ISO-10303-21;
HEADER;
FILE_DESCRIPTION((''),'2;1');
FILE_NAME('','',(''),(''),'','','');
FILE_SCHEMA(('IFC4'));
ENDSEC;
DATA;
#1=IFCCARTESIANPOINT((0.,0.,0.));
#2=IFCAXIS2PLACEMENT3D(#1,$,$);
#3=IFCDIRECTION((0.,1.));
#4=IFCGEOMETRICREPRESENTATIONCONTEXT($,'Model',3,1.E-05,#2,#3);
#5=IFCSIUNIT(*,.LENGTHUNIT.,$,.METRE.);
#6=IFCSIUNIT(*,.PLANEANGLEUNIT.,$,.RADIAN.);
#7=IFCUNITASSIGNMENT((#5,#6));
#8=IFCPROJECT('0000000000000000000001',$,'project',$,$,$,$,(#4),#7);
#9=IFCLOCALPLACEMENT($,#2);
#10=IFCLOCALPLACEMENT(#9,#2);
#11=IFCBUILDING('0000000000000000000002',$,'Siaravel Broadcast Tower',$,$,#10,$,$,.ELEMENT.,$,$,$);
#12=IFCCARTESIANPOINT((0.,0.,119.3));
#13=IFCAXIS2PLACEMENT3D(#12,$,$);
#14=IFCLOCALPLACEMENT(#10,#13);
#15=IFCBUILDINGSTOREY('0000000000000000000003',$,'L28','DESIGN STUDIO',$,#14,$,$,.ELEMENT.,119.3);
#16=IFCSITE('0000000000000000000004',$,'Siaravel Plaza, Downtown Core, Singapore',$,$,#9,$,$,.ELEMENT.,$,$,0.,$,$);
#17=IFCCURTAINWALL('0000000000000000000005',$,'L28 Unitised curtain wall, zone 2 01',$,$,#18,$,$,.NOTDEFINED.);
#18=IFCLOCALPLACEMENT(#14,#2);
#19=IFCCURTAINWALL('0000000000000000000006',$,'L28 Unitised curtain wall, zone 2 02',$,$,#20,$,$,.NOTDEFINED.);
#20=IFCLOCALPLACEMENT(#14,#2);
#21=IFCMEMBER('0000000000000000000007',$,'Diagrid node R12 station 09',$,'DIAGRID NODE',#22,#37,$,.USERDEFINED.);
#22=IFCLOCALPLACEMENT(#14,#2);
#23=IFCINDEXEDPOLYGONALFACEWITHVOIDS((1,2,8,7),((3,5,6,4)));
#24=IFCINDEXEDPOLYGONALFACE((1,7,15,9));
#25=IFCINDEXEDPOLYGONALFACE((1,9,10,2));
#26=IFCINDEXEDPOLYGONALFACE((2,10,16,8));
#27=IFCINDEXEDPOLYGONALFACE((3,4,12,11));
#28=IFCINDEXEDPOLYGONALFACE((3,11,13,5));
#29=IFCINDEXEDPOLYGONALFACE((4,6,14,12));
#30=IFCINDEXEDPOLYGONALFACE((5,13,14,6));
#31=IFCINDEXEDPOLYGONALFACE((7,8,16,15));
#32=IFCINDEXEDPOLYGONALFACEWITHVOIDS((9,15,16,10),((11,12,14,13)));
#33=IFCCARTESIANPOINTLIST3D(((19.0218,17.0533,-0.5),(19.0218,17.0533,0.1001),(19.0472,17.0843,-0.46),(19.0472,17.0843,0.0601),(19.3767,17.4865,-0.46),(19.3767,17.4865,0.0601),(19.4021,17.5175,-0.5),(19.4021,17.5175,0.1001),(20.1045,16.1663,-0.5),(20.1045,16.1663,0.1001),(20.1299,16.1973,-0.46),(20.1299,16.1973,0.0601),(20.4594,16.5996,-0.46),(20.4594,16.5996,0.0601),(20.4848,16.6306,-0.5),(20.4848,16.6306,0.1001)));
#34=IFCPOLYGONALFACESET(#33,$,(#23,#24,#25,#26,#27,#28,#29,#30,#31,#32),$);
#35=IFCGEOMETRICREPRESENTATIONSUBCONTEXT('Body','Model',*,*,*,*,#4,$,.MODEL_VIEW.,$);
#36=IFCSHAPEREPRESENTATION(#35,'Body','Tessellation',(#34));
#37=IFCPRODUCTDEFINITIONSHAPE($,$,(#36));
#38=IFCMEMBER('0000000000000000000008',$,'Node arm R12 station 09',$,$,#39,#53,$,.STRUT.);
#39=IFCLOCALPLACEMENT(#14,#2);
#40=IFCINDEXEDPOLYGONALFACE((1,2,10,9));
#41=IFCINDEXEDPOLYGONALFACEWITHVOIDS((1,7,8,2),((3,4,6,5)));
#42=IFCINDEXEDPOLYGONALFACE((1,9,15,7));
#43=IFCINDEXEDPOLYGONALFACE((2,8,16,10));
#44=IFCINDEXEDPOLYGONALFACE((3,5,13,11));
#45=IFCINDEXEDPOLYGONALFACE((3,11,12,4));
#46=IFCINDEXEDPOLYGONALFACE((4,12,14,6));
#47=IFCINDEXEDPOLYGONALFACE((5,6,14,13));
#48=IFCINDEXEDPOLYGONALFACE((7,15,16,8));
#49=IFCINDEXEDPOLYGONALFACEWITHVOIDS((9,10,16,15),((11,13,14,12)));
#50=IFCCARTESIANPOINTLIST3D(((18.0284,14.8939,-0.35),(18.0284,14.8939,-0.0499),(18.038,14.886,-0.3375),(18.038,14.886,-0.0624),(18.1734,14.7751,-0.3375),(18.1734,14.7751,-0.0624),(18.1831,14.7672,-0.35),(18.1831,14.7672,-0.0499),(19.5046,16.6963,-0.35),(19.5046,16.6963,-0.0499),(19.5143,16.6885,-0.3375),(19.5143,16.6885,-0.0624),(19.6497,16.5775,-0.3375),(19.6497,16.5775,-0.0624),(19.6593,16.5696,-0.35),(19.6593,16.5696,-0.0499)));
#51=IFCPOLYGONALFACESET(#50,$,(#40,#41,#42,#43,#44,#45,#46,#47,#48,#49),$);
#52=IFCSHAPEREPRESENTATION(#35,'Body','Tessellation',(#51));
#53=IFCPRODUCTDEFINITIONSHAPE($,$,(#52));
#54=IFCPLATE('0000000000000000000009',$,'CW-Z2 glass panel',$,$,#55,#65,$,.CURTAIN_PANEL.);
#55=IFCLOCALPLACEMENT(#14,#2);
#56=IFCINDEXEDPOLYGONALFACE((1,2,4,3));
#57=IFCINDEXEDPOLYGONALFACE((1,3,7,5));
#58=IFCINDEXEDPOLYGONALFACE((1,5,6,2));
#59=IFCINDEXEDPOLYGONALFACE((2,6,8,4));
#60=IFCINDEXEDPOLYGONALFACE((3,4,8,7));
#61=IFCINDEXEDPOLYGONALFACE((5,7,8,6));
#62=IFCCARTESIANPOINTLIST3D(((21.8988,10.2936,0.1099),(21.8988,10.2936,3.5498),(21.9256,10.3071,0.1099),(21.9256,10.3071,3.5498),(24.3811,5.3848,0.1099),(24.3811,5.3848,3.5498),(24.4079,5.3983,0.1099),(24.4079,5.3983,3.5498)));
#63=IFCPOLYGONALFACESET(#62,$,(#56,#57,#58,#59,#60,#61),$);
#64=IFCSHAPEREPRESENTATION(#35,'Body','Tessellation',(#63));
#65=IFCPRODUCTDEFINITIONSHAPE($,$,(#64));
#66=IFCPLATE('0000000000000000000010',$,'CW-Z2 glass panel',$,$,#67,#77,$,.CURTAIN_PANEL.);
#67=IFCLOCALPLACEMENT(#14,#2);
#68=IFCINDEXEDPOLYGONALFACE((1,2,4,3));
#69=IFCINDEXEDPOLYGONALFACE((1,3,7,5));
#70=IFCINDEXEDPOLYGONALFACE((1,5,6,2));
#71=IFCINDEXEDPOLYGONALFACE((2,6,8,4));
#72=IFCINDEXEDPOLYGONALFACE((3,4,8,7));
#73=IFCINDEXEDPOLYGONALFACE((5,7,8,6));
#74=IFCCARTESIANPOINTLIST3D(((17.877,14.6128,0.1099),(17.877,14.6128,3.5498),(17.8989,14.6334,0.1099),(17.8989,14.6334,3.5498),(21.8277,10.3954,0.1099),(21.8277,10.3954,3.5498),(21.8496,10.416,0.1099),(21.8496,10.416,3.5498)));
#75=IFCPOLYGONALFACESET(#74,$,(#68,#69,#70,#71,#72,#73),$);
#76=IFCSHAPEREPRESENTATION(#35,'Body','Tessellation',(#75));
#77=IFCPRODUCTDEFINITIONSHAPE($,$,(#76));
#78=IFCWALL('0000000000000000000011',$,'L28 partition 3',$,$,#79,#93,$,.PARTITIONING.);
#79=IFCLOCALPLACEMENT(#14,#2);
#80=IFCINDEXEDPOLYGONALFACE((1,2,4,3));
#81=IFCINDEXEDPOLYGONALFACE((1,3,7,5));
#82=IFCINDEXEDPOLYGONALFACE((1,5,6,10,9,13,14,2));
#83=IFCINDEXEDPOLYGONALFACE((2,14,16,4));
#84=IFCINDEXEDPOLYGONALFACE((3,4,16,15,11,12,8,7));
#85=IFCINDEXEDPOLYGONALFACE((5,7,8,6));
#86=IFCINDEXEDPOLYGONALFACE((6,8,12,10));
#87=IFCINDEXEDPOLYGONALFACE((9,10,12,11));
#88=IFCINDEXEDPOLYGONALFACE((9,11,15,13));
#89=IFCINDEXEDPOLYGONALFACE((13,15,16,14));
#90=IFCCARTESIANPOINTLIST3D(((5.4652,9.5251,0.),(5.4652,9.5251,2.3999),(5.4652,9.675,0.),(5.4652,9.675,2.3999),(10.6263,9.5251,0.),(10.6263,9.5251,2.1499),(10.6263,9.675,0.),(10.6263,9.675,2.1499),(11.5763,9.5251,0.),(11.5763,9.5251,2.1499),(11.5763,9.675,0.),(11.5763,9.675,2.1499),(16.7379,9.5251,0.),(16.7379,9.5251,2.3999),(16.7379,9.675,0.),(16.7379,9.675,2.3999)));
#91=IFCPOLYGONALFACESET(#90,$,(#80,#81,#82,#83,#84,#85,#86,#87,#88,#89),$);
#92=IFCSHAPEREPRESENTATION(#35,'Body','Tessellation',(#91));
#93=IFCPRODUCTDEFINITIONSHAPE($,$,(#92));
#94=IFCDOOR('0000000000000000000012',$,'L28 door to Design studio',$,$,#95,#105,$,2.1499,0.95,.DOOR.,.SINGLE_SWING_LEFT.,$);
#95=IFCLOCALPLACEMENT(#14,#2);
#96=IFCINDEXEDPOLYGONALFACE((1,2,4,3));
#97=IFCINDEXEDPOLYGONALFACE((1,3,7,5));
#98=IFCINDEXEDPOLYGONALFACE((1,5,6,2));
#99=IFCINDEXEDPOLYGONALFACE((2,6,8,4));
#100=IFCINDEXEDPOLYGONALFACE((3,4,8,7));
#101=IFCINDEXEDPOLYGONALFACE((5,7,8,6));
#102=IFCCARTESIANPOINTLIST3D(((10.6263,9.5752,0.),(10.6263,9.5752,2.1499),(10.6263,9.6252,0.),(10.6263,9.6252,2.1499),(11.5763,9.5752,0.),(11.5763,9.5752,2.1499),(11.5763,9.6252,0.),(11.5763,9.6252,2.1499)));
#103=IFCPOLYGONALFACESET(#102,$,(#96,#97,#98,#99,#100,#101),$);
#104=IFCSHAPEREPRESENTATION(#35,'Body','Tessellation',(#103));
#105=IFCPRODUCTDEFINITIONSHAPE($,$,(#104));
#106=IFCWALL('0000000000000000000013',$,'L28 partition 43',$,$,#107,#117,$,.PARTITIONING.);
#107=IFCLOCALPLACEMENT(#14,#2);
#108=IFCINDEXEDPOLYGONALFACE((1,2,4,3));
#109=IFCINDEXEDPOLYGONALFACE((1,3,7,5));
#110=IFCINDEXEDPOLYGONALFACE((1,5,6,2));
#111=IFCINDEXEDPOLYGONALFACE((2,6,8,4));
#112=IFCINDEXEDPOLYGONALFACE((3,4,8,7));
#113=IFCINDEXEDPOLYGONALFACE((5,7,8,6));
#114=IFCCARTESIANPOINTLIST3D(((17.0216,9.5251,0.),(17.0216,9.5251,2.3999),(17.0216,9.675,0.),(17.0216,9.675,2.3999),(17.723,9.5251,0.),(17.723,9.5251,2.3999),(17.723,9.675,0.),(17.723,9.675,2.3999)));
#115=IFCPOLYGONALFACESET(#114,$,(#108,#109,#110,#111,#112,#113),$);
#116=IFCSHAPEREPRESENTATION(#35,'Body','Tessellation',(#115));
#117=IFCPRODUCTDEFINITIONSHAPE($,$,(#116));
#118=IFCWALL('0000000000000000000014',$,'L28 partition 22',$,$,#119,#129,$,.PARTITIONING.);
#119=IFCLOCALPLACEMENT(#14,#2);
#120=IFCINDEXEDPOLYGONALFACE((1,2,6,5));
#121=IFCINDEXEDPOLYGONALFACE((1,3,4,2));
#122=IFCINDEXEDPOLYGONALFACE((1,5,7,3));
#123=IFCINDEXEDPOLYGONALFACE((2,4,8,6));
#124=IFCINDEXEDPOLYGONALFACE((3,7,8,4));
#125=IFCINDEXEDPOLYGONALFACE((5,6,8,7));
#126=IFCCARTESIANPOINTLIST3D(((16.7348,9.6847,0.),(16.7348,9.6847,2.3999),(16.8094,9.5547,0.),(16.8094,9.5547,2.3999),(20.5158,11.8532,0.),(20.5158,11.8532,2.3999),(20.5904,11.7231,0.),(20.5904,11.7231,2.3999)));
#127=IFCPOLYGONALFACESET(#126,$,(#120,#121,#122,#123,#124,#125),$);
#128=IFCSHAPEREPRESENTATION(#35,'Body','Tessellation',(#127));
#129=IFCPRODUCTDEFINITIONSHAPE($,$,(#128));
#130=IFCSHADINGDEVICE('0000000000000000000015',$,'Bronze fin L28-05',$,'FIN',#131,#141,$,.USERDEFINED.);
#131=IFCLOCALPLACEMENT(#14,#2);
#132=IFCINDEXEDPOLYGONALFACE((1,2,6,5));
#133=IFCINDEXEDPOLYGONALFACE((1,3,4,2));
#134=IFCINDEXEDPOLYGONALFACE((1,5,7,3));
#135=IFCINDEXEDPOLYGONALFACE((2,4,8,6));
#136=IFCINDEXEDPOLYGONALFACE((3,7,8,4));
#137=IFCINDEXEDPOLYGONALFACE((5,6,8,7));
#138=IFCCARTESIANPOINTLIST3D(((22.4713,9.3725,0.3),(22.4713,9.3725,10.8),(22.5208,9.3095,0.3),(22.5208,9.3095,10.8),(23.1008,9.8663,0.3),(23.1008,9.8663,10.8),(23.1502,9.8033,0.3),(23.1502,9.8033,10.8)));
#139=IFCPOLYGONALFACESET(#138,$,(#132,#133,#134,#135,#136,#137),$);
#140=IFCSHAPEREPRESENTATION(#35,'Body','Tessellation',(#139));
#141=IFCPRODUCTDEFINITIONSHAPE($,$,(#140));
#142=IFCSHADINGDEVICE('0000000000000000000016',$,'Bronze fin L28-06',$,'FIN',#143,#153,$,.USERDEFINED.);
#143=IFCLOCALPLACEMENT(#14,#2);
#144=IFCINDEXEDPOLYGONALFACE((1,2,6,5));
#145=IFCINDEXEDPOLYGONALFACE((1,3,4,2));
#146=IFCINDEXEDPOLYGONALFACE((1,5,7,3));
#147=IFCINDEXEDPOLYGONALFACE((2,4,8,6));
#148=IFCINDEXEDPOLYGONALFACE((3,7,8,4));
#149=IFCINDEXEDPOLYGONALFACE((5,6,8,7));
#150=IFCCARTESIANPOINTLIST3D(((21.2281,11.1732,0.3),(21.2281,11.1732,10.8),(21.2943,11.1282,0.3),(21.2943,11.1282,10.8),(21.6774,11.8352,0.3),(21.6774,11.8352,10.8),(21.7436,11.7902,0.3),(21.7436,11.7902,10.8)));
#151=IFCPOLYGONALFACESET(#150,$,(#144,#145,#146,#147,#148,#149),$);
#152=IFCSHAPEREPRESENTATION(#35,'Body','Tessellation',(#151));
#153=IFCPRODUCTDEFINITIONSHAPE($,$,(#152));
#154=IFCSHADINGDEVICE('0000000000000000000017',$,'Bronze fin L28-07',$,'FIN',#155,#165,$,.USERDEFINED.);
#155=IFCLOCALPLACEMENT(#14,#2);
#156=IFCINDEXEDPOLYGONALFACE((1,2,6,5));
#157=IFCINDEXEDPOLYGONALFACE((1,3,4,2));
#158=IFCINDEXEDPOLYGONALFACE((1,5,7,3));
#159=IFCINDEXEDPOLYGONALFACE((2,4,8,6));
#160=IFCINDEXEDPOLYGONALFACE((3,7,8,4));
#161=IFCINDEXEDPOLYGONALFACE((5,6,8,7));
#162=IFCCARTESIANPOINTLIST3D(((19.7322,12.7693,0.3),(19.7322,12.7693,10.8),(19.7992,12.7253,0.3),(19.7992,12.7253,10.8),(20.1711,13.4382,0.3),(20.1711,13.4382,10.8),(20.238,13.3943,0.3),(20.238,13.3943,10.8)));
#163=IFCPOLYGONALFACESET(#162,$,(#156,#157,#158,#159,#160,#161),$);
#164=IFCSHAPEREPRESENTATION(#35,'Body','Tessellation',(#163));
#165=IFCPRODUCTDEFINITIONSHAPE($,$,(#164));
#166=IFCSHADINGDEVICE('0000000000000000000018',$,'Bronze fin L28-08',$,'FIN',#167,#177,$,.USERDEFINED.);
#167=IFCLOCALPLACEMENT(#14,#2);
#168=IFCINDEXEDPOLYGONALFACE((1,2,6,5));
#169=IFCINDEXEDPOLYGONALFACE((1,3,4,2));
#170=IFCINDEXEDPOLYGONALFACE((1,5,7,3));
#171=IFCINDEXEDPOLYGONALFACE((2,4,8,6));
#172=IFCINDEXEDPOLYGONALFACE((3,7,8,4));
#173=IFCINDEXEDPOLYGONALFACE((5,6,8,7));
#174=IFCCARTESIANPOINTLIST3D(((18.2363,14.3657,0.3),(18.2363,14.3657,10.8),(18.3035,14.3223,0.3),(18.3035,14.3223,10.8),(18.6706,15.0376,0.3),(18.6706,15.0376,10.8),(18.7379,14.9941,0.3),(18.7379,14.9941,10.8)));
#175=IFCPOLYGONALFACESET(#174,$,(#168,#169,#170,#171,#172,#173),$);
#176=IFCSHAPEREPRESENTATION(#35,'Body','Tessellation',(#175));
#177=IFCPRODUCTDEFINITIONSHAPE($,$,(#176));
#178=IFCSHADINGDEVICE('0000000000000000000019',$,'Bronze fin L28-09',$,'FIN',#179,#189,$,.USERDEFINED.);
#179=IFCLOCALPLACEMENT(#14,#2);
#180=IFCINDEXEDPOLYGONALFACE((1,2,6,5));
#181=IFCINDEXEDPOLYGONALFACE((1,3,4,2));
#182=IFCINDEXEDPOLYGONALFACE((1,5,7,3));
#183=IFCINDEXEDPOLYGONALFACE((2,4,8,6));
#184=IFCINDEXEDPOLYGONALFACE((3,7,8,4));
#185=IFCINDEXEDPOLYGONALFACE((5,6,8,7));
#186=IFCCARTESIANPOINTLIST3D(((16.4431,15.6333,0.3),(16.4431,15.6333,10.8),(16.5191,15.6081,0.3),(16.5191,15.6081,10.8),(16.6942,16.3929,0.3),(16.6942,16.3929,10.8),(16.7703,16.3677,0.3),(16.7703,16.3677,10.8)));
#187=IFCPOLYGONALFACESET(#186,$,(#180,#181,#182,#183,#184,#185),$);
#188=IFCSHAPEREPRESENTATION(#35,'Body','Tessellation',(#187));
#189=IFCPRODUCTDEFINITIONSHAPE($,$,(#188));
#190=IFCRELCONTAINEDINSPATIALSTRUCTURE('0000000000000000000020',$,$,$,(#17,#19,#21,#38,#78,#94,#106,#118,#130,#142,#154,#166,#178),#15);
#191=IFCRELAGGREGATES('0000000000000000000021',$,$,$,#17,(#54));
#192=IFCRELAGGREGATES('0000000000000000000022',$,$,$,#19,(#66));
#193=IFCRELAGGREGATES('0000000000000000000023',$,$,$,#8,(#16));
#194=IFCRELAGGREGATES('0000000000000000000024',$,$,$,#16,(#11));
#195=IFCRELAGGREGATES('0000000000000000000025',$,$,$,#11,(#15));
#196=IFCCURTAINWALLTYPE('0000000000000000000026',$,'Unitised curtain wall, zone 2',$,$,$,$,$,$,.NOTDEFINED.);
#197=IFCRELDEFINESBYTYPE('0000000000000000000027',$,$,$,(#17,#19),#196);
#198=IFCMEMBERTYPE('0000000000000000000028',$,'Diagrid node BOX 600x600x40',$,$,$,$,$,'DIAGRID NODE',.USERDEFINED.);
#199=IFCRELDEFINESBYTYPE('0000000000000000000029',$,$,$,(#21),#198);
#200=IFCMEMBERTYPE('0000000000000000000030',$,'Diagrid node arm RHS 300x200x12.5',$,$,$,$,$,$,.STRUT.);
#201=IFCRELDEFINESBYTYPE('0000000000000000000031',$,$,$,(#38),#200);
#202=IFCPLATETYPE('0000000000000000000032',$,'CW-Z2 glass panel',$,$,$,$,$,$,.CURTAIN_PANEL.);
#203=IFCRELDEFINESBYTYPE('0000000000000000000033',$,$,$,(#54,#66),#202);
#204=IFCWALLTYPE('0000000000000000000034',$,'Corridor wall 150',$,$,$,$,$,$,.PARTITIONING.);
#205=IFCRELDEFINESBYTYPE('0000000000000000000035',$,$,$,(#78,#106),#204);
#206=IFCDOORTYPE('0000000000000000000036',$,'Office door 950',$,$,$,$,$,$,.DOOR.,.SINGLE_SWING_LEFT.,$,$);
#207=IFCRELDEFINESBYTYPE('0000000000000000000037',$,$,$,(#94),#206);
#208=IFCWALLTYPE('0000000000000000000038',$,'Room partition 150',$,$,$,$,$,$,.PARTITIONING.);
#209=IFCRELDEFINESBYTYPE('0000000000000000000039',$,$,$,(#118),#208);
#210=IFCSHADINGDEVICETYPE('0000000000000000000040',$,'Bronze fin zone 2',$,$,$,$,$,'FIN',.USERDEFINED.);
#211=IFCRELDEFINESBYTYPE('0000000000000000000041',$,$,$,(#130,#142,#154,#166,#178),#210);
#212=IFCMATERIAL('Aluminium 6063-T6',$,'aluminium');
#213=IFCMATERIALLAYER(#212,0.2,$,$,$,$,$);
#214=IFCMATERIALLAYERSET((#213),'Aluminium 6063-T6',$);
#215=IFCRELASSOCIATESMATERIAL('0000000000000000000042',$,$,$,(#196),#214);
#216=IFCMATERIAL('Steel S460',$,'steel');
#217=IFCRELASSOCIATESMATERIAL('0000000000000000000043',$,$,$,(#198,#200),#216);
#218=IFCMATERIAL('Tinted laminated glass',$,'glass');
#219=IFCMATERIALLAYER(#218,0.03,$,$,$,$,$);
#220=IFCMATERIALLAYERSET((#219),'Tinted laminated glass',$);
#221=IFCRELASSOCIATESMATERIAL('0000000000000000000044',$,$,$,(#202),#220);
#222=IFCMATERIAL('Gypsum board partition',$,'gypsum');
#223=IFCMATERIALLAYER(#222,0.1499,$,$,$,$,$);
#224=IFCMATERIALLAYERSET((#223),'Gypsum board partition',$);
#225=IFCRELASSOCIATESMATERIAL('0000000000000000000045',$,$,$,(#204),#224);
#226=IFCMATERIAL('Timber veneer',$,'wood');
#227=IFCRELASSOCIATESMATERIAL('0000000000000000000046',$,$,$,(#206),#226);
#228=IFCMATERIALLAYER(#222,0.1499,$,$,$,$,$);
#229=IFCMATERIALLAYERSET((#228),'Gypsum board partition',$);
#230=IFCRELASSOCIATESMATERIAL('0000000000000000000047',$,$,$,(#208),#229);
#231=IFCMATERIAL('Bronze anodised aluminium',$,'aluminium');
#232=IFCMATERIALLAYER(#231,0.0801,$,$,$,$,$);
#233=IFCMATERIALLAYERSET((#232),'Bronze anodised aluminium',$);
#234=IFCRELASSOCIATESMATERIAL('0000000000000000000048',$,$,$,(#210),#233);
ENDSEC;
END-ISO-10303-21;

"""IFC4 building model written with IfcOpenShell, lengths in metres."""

from ifc_helpers import new_model, si_unit, direction, frame, frame_2d, origin, origin_2d, place, context, subcontext, project, spatial, rectangle, hollow_rectangle, extrude, material, layer, layer_set, material_profile, profile_set, type_object, element, fill, aggregate, save


model = new_model("IFC4")

# Units and contexts
model_context = context("Model", 3, precision=1e-05, world=origin(), true_north=direction((0.0, 1.0)))
body_context = subcontext(model_context, "Body", "Model", "MODEL_VIEW")
ifc_project = project(units=[si_unit("LENGTHUNIT", "METRE"), si_unit("PLANEANGLEUNIT", "RADIAN")], contexts=[model_context])

# Site, building, storey
site_placement = place(None, origin())
site = spatial("IfcSite", under=ifc_project, at=site_placement, Name="Siaravel Plaza, Downtown Core, Singapore", CompositionType="ELEMENT", RefElevation=0.0)
building_placement = place(site_placement, origin())
building = spatial("IfcBuilding", under=site, at=building_placement, Name="Siaravel Broadcast Tower", CompositionType="ELEMENT")
storey_placement = place(building_placement, frame((0.0, 0.0, 119.3)))
storey = spatial("IfcBuildingStorey", under=building, at=storey_placement, Name="L28", Description="DESIGN STUDIO", CompositionType="ELEMENT", Elevation=119.3)

# Curtain wall
ifc_material_1 = material(Name="Aluminium 6063-T6", Category="aluminium")
ifc_layer_1 = layer(ifc_material_1, 0.2)
ifc_layer_set_1 = layer_set([ifc_layer_1], Name="Aluminium 6063-T6")
curtain_wall_type = type_object("IfcCurtainWallType", Name="Unitised curtain wall, zone 2", PredefinedType="NOTDEFINED", material=ifc_layer_set_1)
curtain_wall_1_placement = place(storey_placement, origin())
curtain_wall_1 = element("IfcCurtainWall", 1, at=curtain_wall_1_placement, inside=storey, type_object=curtain_wall_type, Name="L28 Unitised curtain wall, zone 2 01", PredefinedType="NOTDEFINED")

# Curtain wall
curtain_wall_2_placement = place(storey_placement, origin())
curtain_wall_2 = element("IfcCurtainWall", 2, at=curtain_wall_2_placement, inside=storey, type_object=curtain_wall_type, Name="L28 Unitised curtain wall, zone 2 02", PredefinedType="NOTDEFINED")

# Members
ifc_material_2 = material(Name="Steel S460", Category="steel")
ifc_material_profile_1 = material_profile(ifc_material_2, hollow_rectangle(XDim=0.6001, YDim=0.6001, WallThickness=0.04, at=origin_2d()))
ifc_profile_set_1 = profile_set([ifc_material_profile_1], Name="Steel S460")
member_type_1 = type_object("IfcMemberType", Name="Diagrid node BOX 600x600x40", ElementType="DIAGRID NODE", PredefinedType="USERDEFINED", material=ifc_profile_set_1)
member_1_placement = place(storey_placement, frame((20.2947, 16.3984, -0.2), z_axis=(-0.773584, 0.633694, 0.0), x_axis=(-0.633694, -0.773584, 0.0)))
element("IfcMember", 3, at=member_1_placement, inside=storey, type_object=member_type_1, Name="Diagrid node R12 station 09", ObjectType="DIAGRID NODE", PredefinedType="USERDEFINED", context=body_context, shape_type="SweptSolid", body=[
    extrude(hollow_rectangle(XDim=0.6001, YDim=0.6001, WallThickness=0.04, at=origin_2d()), origin(), (0.0, 0.0, 1.0), 1.3997),
])
ifc_material_profile_2 = material_profile(ifc_material_2, hollow_rectangle(XDim=0.2, YDim=0.3, WallThickness=0.0125, at=origin_2d()))
ifc_profile_set_2 = profile_set([ifc_material_profile_2], Name="Steel S460")
member_type_2 = type_object("IfcMemberType", Name="Diagrid node arm RHS 300x200x12.5", PredefinedType="STRUT", material=ifc_profile_set_2)
member_2_placement = place(storey_placement, frame((18.1057, 14.8306, -0.2), z_axis=(0.633637, 0.77363, 0.0), x_axis=(-0.77363, 0.633637, 0.0)))
element("IfcMember", 4, at=member_2_placement, inside=storey, type_object=member_type_2, Name="Node arm R12 station 09", PredefinedType="STRUT", context=body_context, shape_type="SweptSolid", body=[
    extrude(hollow_rectangle(XDim=0.2, YDim=0.3, WallThickness=0.0125, at=origin_2d()), origin(), (0.0, 0.0, 1.0), 2.3298),
])

# Plates
ifc_material_3 = material(Name="Tinted laminated glass", Category="glass")
ifc_layer_2 = layer(ifc_material_3, 0.03)
ifc_layer_set_2 = layer_set([ifc_layer_2], Name="Tinted laminated glass")
plate_type = type_object("IfcPlateType", Name="CW-Z2 glass panel", PredefinedType="CURTAIN_PANEL", material=ifc_layer_set_2)
plate_1_placement = place(storey_placement, frame((23.1533, 7.8459, 0.1099), z_axis=(0.0, 0.0, 1.0), x_axis=(-0.451261, 0.892392, 0.0)))
plate_1 = element("IfcPlate", 5, at=plate_1_placement, type_object=plate_type, Name="CW-Z2 glass panel", PredefinedType="CURTAIN_PANEL", context=body_context, shape_type="SweptSolid", body=[
    extrude(rectangle(XDim=5.5007, YDim=0.03, at=origin_2d()), origin(), (0.0, 0.0, 1.0), 3.4399),
])
aggregate(curtain_wall_1, [plate_1])
plate_2_placement = place(storey_placement, frame((19.8633, 12.5144, 0.1099), z_axis=(0.0, 0.0, 1.0), x_axis=(-0.683655, 0.729805, 0.0)))
plate_2 = element("IfcPlate", 6, at=plate_2_placement, type_object=plate_type, Name="CW-Z2 glass panel", PredefinedType="CURTAIN_PANEL", context=body_context, shape_type="SweptSolid", body=[
    extrude(rectangle(XDim=5.7788, YDim=0.03, at=origin_2d()), origin(), (0.0, 0.0, 1.0), 3.4399),
])
aggregate(curtain_wall_2, [plate_2])

# Wall, opening, door
ifc_material_4 = material(Name="Gypsum board partition", Category="gypsum")
ifc_layer_3 = layer(ifc_material_4, 0.1499)
ifc_layer_set_3 = layer_set([ifc_layer_3], Name="Gypsum board partition")
wall_type_1 = type_object("IfcWallType", Name="Corridor wall 150", PredefinedType="PARTITIONING", material=ifc_layer_set_3)
wall_1_placement = place(storey_placement, frame((16.7378, 9.6001, 0.0), z_axis=(0.0, 0.0, 1.0), x_axis=(-1.0, 0.0, 0.0)))
wall_1 = element("IfcWall", 7, at=wall_1_placement, inside=storey, type_object=wall_type_1, Name="L28 partition 3", PredefinedType="PARTITIONING", context=body_context, shape_type="SweptSolid", body=[
    extrude(rectangle(XDim=11.2727, YDim=0.1499, at=frame_2d((5.6362, 0.0))), origin(), (0.0, 0.0, 1.0), 2.3999),
])
opening_placement = place(wall_1_placement, frame((5.1614, 0.0, 0.0)))
opening = element("IfcOpeningElement", 8, at=opening_placement, cuts=wall_1, PredefinedType="OPENING", context=body_context, shape_type="SweptSolid", body=[
    extrude(rectangle(XDim=0.95, YDim=2.1499, at=frame_2d((0.4751, 1.075))), frame((0.0, 0.085, 0.0), z_axis=(0.0, -1.0, 0.0), x_axis=(1.0, 0.0, 0.0)), (0.0, 0.0, 1.0), 0.1699),
])
ifc_material_5 = material(Name="Timber veneer", Category="wood")
door_type = type_object("IfcDoorType", Name="Office door 950", OperationType="SINGLE_SWING_LEFT", PredefinedType="DOOR", material=ifc_material_5)
door_placement = place(opening_placement, origin())
door = element("IfcDoor", 9, at=door_placement, inside=storey, type_object=door_type, Name="L28 door to Design studio", OperationType="SINGLE_SWING_LEFT", OverallHeight=2.1499, OverallWidth=0.95, PredefinedType="DOOR", context=body_context, shape_type="SweptSolid", body=[
    extrude(rectangle(XDim=0.95, YDim=2.1499, at=frame_2d((0.4751, 1.075))), frame((0.0, 0.0249, 0.0), z_axis=(0.0, -1.0, 0.0), x_axis=(1.0, 0.0, 0.0)), (0.0, 0.0, 1.0), 0.05),
])
fill(opening, door)

# Walls
wall_2_placement = place(storey_placement, frame((17.7229, 9.6001, 0.0), z_axis=(0.0, 0.0, 1.0), x_axis=(-1.0, 0.0, 0.0)))
element("IfcWall", 10, at=wall_2_placement, inside=storey, type_object=wall_type_1, Name="L28 partition 43", PredefinedType="PARTITIONING", context=body_context, shape_type="SweptSolid", body=[
    extrude(rectangle(XDim=0.7014, YDim=0.1499, at=frame_2d((0.3506, 0.0))), origin(), (0.0, 0.0, 1.0), 2.3999),
])
ifc_layer_4 = layer(ifc_material_4, 0.1499)
ifc_layer_set_4 = layer_set([ifc_layer_4], Name="Gypsum board partition")
wall_type_2 = type_object("IfcWallType", Name="Room partition 150", PredefinedType="PARTITIONING", material=ifc_layer_set_4)
wall_3_placement = place(storey_placement, frame((20.553, 11.7881, 0.0), z_axis=(0.0, 0.0, 1.0), x_axis=(-0.867463, -0.497502, 0.0)))
element("IfcWall", 11, at=wall_3_placement, inside=storey, type_object=wall_type_2, Name="L28 partition 22", PredefinedType="PARTITIONING", context=body_context, shape_type="SweptSolid", body=[
    extrude(rectangle(XDim=4.3586, YDim=0.1499, at=frame_2d((2.1792, 0.0))), origin(), (0.0, 0.0, 1.0), 2.3999),
])

# Shading devices
ifc_material_6 = material(Name="Bronze anodised aluminium", Category="aluminium")
ifc_layer_5 = layer(ifc_material_6, 0.0801)
ifc_layer_set_5 = layer_set([ifc_layer_5], Name="Bronze anodised aluminium")
shading_device_type = type_object("IfcShadingDeviceType", Name="Bronze fin zone 2", ElementType="FIN", PredefinedType="USERDEFINED", material=ifc_layer_set_5)
for number, where, z_axis, x_axis, name in (
    (12, (22.8108, 9.5879, 0.3), (0.0, 0.0, 1.0), (0.78681, 0.617195, 0.0), "Bronze fin L28-05"),
    (13, (21.4858, 11.4817, 0.3), (0.0, 0.0, 1.0), (0.561616, 0.827398, 0.0), "Bronze fin L28-06"),
    (14, (19.9851, 13.0818, 0.3), (0.0, 0.0, 1.0), (0.548521, 0.836137, 0.0), "Bronze fin L28-07"),
    (15, (18.4871, 14.6799, 0.3), (0.0, 0.0, 1.0), (0.542925, 0.839781, 0.0), "Bronze fin L28-08"),
    (16, (16.6067, 16.0005, 0.3), (0.0, 0.0, 1.0), (0.313903, 0.949455, 0.0), "Bronze fin L28-09"),
):
    element("IfcShadingDevice", number, at=place(storey_placement, frame(where, z_axis=z_axis, x_axis=x_axis)), inside=storey, type_object=shading_device_type, Name=name, ObjectType="FIN", PredefinedType="USERDEFINED", context=body_context, shape_type="SweptSolid", body=[
        extrude(rectangle(XDim=0.8, YDim=0.0801, at=origin_2d()), origin(), (0.0, 0.0, 1.0), 10.5),
    ])

save(model, "model.ifc")
